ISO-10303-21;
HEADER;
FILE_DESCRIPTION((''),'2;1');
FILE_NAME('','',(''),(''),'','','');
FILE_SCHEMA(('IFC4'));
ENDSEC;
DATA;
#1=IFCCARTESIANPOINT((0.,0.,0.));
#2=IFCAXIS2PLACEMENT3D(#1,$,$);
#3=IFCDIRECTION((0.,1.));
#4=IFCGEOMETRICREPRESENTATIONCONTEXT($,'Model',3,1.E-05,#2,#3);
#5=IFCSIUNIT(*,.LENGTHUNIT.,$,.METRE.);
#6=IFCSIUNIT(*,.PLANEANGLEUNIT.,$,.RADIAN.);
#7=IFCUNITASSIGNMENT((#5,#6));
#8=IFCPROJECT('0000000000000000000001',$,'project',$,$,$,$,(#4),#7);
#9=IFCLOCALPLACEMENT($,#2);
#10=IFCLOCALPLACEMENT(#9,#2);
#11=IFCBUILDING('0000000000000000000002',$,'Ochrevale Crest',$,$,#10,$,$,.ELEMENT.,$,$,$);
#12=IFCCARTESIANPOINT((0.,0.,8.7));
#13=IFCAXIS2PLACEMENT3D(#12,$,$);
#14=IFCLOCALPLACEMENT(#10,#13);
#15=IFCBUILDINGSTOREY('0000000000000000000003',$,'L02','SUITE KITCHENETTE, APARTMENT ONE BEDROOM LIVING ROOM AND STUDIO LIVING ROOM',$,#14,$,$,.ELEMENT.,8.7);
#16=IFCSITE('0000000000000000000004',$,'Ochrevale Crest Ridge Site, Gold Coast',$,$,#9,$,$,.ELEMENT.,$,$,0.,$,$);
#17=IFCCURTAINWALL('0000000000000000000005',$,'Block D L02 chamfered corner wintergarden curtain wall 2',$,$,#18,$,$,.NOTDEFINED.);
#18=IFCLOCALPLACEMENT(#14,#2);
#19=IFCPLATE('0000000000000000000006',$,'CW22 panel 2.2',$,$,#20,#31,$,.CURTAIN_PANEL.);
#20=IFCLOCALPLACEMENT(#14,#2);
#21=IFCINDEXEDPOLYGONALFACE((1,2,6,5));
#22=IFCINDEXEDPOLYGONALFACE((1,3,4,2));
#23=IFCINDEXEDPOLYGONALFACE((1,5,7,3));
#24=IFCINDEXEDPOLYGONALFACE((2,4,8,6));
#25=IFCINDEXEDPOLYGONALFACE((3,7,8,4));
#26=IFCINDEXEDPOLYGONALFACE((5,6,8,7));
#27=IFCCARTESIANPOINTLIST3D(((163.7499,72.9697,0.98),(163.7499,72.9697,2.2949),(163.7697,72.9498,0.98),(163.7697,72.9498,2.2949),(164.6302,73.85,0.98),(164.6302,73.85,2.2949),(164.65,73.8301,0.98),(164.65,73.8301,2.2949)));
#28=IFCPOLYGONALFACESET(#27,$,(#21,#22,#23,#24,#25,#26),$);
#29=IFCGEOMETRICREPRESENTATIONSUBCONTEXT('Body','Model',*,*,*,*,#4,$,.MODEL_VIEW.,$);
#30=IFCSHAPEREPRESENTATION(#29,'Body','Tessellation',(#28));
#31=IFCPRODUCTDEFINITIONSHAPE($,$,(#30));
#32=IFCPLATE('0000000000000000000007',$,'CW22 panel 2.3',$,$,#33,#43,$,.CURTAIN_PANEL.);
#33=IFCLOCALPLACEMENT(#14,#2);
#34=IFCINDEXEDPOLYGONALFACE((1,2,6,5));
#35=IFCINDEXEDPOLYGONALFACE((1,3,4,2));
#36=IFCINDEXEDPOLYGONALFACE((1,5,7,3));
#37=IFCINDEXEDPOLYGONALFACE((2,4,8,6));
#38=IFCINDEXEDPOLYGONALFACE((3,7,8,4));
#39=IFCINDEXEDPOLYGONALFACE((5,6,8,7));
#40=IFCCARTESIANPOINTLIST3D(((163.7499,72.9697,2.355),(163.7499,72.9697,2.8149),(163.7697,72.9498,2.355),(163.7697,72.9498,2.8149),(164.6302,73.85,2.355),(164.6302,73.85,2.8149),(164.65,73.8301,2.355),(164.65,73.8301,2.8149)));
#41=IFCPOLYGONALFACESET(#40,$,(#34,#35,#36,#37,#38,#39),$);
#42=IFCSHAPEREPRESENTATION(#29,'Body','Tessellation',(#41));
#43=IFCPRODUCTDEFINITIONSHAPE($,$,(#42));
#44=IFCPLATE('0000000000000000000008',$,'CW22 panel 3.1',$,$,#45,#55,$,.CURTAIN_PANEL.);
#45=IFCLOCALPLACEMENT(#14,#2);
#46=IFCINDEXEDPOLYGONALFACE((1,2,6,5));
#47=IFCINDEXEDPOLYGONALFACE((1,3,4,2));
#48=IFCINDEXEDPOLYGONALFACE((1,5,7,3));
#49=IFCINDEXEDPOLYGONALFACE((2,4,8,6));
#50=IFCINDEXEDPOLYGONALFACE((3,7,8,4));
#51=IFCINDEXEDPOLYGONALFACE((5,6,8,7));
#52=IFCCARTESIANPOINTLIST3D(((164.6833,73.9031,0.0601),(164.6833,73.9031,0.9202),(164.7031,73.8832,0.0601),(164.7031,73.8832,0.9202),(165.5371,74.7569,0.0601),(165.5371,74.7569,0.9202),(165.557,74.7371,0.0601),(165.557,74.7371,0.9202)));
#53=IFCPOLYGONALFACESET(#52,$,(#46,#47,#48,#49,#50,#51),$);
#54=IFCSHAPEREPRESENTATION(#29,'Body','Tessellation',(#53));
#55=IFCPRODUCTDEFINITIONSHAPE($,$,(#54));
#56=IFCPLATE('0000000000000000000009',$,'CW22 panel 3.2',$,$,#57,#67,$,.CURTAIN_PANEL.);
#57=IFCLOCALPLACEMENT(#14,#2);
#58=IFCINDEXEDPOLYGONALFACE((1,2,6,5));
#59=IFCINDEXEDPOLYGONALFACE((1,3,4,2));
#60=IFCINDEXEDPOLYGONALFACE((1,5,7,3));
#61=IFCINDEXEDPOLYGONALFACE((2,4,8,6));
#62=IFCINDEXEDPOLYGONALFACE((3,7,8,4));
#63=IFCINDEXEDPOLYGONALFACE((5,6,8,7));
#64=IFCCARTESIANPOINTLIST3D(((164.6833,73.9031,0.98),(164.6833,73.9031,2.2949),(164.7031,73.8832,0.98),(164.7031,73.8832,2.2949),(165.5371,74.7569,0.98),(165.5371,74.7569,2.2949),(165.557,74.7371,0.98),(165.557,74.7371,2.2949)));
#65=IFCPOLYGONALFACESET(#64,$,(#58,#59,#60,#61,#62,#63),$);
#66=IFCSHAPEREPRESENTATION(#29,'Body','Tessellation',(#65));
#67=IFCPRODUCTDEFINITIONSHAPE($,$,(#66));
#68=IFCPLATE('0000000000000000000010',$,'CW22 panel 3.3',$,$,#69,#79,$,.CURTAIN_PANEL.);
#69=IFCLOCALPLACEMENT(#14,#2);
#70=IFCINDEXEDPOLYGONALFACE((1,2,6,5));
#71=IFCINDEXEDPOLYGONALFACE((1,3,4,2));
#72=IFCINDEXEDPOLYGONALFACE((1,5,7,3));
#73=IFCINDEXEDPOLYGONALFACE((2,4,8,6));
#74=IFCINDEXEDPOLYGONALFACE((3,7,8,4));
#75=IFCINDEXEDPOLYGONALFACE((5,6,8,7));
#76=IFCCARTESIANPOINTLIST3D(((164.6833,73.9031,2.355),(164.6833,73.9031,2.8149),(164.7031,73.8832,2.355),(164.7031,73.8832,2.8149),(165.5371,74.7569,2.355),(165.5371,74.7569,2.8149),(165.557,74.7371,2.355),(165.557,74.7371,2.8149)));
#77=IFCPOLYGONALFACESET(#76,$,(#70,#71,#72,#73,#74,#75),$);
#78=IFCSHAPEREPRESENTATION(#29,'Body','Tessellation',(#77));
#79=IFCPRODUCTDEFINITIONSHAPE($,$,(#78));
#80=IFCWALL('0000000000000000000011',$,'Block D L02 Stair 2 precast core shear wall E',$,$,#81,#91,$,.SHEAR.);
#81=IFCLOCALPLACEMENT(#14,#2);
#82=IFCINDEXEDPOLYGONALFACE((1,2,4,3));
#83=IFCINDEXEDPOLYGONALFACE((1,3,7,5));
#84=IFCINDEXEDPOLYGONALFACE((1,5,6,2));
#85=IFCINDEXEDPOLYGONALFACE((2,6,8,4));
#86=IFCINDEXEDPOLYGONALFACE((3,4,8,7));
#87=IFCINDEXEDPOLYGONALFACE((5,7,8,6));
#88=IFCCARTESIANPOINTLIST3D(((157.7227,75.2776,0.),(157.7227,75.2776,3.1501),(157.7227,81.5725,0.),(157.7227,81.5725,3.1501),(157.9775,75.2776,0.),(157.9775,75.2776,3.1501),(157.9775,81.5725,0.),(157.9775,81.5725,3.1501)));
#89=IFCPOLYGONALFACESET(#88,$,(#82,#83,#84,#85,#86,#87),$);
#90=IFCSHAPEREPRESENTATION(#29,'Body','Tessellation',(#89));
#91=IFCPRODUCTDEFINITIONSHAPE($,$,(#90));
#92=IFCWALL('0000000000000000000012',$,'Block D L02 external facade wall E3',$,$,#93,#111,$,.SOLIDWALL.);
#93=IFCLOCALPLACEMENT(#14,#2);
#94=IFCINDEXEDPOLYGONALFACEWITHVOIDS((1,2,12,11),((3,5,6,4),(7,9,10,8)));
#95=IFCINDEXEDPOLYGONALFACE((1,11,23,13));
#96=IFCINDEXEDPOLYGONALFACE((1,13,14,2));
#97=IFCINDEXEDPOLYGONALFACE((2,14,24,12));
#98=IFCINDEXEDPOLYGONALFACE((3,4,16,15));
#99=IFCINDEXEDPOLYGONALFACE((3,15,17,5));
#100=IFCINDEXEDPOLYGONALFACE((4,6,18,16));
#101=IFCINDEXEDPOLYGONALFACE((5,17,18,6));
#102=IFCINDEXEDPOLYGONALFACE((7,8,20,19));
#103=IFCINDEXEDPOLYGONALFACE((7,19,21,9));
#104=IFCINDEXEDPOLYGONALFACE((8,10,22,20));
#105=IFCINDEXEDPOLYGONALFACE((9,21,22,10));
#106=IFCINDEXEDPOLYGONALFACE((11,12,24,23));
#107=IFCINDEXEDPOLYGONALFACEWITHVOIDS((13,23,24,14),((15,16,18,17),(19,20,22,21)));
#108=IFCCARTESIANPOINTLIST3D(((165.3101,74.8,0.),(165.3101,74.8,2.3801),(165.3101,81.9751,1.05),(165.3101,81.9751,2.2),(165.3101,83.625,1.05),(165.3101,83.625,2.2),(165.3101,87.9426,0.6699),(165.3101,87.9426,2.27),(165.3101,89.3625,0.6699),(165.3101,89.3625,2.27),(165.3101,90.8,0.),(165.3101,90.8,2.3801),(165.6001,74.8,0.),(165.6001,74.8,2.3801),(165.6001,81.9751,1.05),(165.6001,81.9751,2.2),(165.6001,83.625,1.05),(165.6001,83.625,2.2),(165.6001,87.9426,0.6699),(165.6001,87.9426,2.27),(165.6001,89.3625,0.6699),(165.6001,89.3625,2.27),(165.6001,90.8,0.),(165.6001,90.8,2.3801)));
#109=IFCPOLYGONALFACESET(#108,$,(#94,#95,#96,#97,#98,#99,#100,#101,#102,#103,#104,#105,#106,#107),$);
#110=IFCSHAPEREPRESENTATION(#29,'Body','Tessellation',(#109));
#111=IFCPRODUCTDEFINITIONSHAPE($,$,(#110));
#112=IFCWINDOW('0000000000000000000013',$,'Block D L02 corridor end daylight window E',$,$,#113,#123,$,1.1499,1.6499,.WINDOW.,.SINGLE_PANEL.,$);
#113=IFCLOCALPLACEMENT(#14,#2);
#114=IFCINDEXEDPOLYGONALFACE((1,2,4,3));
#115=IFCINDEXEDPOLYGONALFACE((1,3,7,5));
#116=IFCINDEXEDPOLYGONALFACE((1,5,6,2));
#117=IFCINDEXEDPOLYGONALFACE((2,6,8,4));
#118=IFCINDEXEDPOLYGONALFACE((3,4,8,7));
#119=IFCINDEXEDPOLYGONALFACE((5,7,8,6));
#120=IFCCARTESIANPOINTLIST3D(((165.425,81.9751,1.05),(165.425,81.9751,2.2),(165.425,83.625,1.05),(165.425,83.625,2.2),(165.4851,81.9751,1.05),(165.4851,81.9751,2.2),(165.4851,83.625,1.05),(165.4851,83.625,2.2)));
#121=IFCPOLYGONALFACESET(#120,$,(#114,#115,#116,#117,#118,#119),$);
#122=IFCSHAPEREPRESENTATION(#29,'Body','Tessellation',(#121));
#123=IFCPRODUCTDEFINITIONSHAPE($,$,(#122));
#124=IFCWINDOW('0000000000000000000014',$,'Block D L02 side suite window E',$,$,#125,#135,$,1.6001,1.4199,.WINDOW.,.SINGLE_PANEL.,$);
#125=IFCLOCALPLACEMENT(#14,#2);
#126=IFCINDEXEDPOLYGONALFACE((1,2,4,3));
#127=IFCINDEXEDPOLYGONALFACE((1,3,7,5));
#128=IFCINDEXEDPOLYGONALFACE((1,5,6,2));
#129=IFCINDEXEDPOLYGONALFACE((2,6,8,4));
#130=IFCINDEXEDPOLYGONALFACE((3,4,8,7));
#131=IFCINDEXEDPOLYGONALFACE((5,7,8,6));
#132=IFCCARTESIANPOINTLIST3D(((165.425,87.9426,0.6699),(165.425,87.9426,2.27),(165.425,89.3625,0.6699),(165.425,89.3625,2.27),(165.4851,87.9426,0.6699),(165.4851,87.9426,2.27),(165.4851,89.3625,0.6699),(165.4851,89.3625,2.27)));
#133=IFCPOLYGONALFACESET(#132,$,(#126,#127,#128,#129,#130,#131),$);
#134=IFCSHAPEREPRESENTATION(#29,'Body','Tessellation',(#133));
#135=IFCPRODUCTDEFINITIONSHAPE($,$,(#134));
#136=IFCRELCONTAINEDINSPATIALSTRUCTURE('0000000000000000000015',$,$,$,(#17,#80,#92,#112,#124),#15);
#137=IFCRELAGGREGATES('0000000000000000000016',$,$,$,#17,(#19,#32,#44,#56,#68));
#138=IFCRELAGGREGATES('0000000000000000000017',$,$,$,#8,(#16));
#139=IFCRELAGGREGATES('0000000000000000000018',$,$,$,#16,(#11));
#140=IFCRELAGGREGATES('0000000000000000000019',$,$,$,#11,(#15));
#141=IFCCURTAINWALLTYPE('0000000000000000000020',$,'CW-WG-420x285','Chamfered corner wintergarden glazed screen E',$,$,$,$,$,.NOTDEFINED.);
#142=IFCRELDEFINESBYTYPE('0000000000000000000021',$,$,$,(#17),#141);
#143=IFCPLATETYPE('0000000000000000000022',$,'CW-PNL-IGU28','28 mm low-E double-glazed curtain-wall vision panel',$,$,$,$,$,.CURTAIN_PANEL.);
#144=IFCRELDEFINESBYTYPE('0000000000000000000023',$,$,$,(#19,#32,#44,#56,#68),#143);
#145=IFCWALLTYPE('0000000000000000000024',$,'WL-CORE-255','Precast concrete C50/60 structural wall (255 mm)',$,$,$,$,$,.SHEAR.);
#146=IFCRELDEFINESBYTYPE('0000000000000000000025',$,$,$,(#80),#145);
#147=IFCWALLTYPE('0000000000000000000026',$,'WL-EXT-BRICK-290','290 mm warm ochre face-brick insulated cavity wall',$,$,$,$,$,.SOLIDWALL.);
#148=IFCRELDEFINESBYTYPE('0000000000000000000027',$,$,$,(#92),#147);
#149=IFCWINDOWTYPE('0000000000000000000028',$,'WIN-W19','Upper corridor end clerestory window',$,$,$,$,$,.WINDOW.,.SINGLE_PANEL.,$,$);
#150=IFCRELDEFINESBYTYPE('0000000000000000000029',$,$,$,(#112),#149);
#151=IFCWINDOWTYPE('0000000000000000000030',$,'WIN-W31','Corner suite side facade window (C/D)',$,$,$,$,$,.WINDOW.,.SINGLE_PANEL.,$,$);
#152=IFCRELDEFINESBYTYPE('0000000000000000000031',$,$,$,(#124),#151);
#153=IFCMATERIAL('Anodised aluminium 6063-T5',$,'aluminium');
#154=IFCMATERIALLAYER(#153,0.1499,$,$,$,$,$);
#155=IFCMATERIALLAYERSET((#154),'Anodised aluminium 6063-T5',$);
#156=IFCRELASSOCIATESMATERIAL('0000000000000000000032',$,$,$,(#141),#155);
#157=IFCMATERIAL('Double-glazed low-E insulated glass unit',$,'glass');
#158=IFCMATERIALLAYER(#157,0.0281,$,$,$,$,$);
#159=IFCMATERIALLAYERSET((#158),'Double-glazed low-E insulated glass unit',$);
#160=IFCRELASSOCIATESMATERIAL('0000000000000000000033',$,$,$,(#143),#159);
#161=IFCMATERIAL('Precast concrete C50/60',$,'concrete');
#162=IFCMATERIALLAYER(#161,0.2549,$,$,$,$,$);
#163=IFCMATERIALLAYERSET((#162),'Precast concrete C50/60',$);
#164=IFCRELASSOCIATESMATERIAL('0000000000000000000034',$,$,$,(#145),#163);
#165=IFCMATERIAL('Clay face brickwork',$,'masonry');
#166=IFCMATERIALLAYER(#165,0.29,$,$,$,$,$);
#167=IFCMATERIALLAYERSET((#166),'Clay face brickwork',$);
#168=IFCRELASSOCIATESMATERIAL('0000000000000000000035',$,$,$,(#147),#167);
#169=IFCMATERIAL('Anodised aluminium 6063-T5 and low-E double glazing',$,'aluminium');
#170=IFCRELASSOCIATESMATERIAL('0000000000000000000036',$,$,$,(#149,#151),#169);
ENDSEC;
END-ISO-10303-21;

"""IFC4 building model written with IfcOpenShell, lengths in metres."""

from ifc_helpers import new_model, si_unit, direction, frame, frame_2d, origin, origin_2d, place, context, subcontext, project, spatial, rectangle, extrude, material, layer, layer_set, type_object, element, fill, aggregate, save


model = new_model("IFC4")

# Units and contexts
model_context = context("Model", 3, precision=1e-05, world=origin(), true_north=direction((0.0, 1.0)))
body_context = subcontext(model_context, "Body", "Model", "MODEL_VIEW")
ifc_project = project(units=[si_unit("LENGTHUNIT", "METRE"), si_unit("PLANEANGLEUNIT", "RADIAN")], contexts=[model_context])

# Site, building, storey
site_placement = place(None, origin())
site = spatial("IfcSite", under=ifc_project, at=site_placement, Name="Ochrevale Crest Ridge Site, Gold Coast", CompositionType="ELEMENT", RefElevation=0.0)
building_placement = place(site_placement, origin())
building = spatial("IfcBuilding", under=site, at=building_placement, Name="Ochrevale Crest", CompositionType="ELEMENT")
storey_placement = place(building_placement, frame((0.0, 0.0, 8.7)))
storey = spatial("IfcBuildingStorey", under=building, at=storey_placement, Name="L02", Description="SUITE KITCHENETTE, APARTMENT ONE BEDROOM LIVING ROOM AND STUDIO LIVING ROOM", CompositionType="ELEMENT", Elevation=8.7)

# Shared definitions
ifc_material_1 = material(Name="Precast concrete C50/60", Category="concrete")

# Curtain wall, plates
ifc_material_2 = material(Name="Anodised aluminium 6063-T5", Category="aluminium")
ifc_layer_1 = layer(ifc_material_2, 0.1499)
ifc_layer_set_1 = layer_set([ifc_layer_1], Name="Anodised aluminium 6063-T5")
curtain_wall_type = type_object("IfcCurtainWallType", Name="CW-WG-420x285", Description="Chamfered corner wintergarden glazed screen E", PredefinedType="NOTDEFINED", material=ifc_layer_set_1)
curtain_wall_placement = place(storey_placement, origin())
curtain_wall = element("IfcCurtainWall", 1, at=curtain_wall_placement, inside=storey, type_object=curtain_wall_type, Name="Block D L02 chamfered corner wintergarden curtain wall 2", PredefinedType="NOTDEFINED")
ifc_material_3 = material(Name="Double-glazed low-E insulated glass unit", Category="glass")
ifc_layer_2 = layer(ifc_material_3, 0.0281)
ifc_layer_set_2 = layer_set([ifc_layer_2], Name="Double-glazed low-E insulated glass unit")
plate_type = type_object("IfcPlateType", Name="CW-PNL-IGU28", Description="28 mm low-E double-glazed curtain-wall vision panel", PredefinedType="CURTAIN_PANEL", material=ifc_layer_set_2)
plate_1_placement = place(storey_placement, frame((164.2, 73.3999, 0.98), z_axis=(0.0, 0.0, 1.0), x_axis=(0.707107, 0.707107, 0.0)))
plate_1 = element("IfcPlate", 2, at=plate_1_placement, type_object=plate_type, Name="CW22 panel 2.2", PredefinedType="CURTAIN_PANEL", context=body_context, shape_type="SweptSolid", body=[
    extrude(rectangle(XDim=1.2449, YDim=0.0281, at=origin_2d()), origin(), (0.0, 0.0, 1.0), 1.3149),
])
plate_2_placement = place(storey_placement, frame((164.2, 73.3999, 2.355), z_axis=(0.0, 0.0, 1.0), x_axis=(0.707107, 0.707107, 0.0)))
plate_2 = element("IfcPlate", 3, at=plate_2_placement, type_object=plate_type, Name="CW22 panel 2.3", PredefinedType="CURTAIN_PANEL", context=body_context, shape_type="SweptSolid", body=[
    extrude(rectangle(XDim=1.2449, YDim=0.0281, at=origin_2d()), origin(), (0.0, 0.0, 1.0), 0.46),
])
plate_3_placement = place(storey_placement, frame((165.1201, 74.3201, 0.0601), z_axis=(0.0, 0.0, 1.0), x_axis=(0.707107, 0.707107, 0.0)))
plate_3 = element("IfcPlate", 4, at=plate_3_placement, type_object=plate_type, Name="CW22 panel 3.1", PredefinedType="CURTAIN_PANEL", context=body_context, shape_type="SweptSolid", body=[
    extrude(rectangle(XDim=1.2075, YDim=0.0281, at=origin_2d()), origin(), (0.0, 0.0, 1.0), 0.8601),
])
plate_4_placement = place(storey_placement, frame((165.1201, 74.3201, 0.98), z_axis=(0.0, 0.0, 1.0), x_axis=(0.707107, 0.707107, 0.0)))
plate_4 = element("IfcPlate", 5, at=plate_4_placement, type_object=plate_type, Name="CW22 panel 3.2", PredefinedType="CURTAIN_PANEL", context=body_context, shape_type="SweptSolid", body=[
    extrude(rectangle(XDim=1.2075, YDim=0.0281, at=origin_2d()), origin(), (0.0, 0.0, 1.0), 1.3149),
])
plate_5_placement = place(storey_placement, frame((165.1201, 74.3201, 2.355), z_axis=(0.0, 0.0, 1.0), x_axis=(0.707107, 0.707107, 0.0)))
plate_5 = element("IfcPlate", 6, at=plate_5_placement, type_object=plate_type, Name="CW22 panel 3.3", PredefinedType="CURTAIN_PANEL", context=body_context, shape_type="SweptSolid", body=[
    extrude(rectangle(XDim=1.2075, YDim=0.0281, at=origin_2d()), origin(), (0.0, 0.0, 1.0), 0.46),
])
aggregate(curtain_wall, [plate_1, plate_2, plate_3, plate_4, plate_5])

# Wall
ifc_layer_3 = layer(ifc_material_1, 0.2549)
ifc_layer_set_3 = layer_set([ifc_layer_3], Name="Precast concrete C50/60")
wall_type_1 = type_object("IfcWallType", Name="WL-CORE-255", Description="Precast concrete C50/60 structural wall (255 mm)", PredefinedType="SHEAR", material=ifc_layer_set_3)
wall_1_placement = place(storey_placement, frame((157.8501, 75.2776, 0.0), z_axis=(0.0, 0.0, 1.0), x_axis=(0.0, 1.0, 0.0)))
element("IfcWall", 7, at=wall_1_placement, inside=storey, type_object=wall_type_1, Name="Block D L02 Stair 2 precast core shear wall E", PredefinedType="SHEAR", context=body_context, shape_type="SweptSolid", body=[
    extrude(rectangle(XDim=6.2949, YDim=0.2549, at=frame_2d((3.1475, 0.0))), origin(), (0.0, 0.0, 1.0), 3.1501),
])

# Wall, openings, windows
ifc_material_4 = material(Name="Clay face brickwork", Category="masonry")
ifc_layer_4 = layer(ifc_material_4, 0.29)
ifc_layer_set_4 = layer_set([ifc_layer_4], Name="Clay face brickwork")
wall_type_2 = type_object("IfcWallType", Name="WL-EXT-BRICK-290", Description="290 mm warm ochre face-brick insulated cavity wall", PredefinedType="SOLIDWALL", material=ifc_layer_set_4)
wall_2_placement = place(storey_placement, frame((165.4551, 74.8, 0.0), z_axis=(0.0, 0.0, 1.0), x_axis=(0.0, 1.0, 0.0)))
wall_2 = element("IfcWall", 8, at=wall_2_placement, inside=storey, type_object=wall_type_2, Name="Block D L02 external facade wall E3", PredefinedType="SOLIDWALL", context=body_context, shape_type="SweptSolid", body=[
    extrude(rectangle(XDim=16.0, YDim=0.29, at=frame_2d((8.0, 0.0))), origin(), (0.0, 0.0, 1.0), 2.3801),
])
opening_1_placement = place(wall_2_placement, frame((7.175, 0.0, 1.05)))
opening_1 = element("IfcOpeningElement", 9, at=opening_1_placement, cuts=wall_2, PredefinedType="OPENING", context=body_context, shape_type="SweptSolid", body=[
    extrude(rectangle(XDim=1.6499, YDim=1.1499, at=frame_2d((0.825, 0.575))), frame((0.0, 0.155, 0.0), z_axis=(0.0, -1.0, 0.0), x_axis=(1.0, 0.0, 0.0)), (0.0, 0.0, 1.0), 0.3101),
])
opening_2_placement = place(wall_2_placement, frame((13.1426, 0.0, 0.6699)))
opening_2 = element("IfcOpeningElement", 10, at=opening_2_placement, cuts=wall_2, PredefinedType="OPENING", context=body_context, shape_type="SweptSolid", body=[
    extrude(rectangle(XDim=1.4199, YDim=1.6001, at=frame_2d((0.71, 0.8))), frame((0.0, 0.155, 0.0), z_axis=(0.0, -1.0, 0.0), x_axis=(1.0, 0.0, 0.0)), (0.0, 0.0, 1.0), 0.3101),
])
ifc_material_5 = material(Name="Anodised aluminium 6063-T5 and low-E double glazing", Category="aluminium")
window_type_1 = type_object("IfcWindowType", Name="WIN-W19", Description="Upper corridor end clerestory window", PartitioningType="SINGLE_PANEL", PredefinedType="WINDOW", material=ifc_material_5)
window_1_placement = place(opening_1_placement, origin())
window_1 = element("IfcWindow", 11, at=window_1_placement, inside=storey, type_object=window_type_1, Name="Block D L02 corridor end daylight window E", OverallHeight=1.1499, OverallWidth=1.6499, PartitioningType="SINGLE_PANEL", PredefinedType="WINDOW", context=body_context, shape_type="SweptSolid", body=[
    extrude(rectangle(XDim=1.6499, YDim=1.1499, at=frame_2d((0.825, 0.575))), frame((0.0, 0.03, 0.0), z_axis=(0.0, -1.0, 0.0), x_axis=(1.0, 0.0, 0.0)), (0.0, 0.0, 1.0), 0.0601),
])
fill(opening_1, window_1)
window_type_2 = type_object("IfcWindowType", Name="WIN-W31", Description="Corner suite side facade window (C/D)", PartitioningType="SINGLE_PANEL", PredefinedType="WINDOW", material=ifc_material_5)
window_2_placement = place(opening_2_placement, origin())
window_2 = element("IfcWindow", 12, at=window_2_placement, inside=storey, type_object=window_type_2, Name="Block D L02 side suite window E", OverallHeight=1.6001, OverallWidth=1.4199, PartitioningType="SINGLE_PANEL", PredefinedType="WINDOW", context=body_context, shape_type="SweptSolid", body=[
    extrude(rectangle(XDim=1.4199, YDim=1.6001, at=frame_2d((0.71, 0.8))), frame((0.0, 0.03, 0.0), z_axis=(0.0, -1.0, 0.0), x_axis=(1.0, 0.0, 0.0)), (0.0, 0.0, 1.0), 0.0601),
])
fill(opening_2, window_2)

save(model, "model.ifc")
